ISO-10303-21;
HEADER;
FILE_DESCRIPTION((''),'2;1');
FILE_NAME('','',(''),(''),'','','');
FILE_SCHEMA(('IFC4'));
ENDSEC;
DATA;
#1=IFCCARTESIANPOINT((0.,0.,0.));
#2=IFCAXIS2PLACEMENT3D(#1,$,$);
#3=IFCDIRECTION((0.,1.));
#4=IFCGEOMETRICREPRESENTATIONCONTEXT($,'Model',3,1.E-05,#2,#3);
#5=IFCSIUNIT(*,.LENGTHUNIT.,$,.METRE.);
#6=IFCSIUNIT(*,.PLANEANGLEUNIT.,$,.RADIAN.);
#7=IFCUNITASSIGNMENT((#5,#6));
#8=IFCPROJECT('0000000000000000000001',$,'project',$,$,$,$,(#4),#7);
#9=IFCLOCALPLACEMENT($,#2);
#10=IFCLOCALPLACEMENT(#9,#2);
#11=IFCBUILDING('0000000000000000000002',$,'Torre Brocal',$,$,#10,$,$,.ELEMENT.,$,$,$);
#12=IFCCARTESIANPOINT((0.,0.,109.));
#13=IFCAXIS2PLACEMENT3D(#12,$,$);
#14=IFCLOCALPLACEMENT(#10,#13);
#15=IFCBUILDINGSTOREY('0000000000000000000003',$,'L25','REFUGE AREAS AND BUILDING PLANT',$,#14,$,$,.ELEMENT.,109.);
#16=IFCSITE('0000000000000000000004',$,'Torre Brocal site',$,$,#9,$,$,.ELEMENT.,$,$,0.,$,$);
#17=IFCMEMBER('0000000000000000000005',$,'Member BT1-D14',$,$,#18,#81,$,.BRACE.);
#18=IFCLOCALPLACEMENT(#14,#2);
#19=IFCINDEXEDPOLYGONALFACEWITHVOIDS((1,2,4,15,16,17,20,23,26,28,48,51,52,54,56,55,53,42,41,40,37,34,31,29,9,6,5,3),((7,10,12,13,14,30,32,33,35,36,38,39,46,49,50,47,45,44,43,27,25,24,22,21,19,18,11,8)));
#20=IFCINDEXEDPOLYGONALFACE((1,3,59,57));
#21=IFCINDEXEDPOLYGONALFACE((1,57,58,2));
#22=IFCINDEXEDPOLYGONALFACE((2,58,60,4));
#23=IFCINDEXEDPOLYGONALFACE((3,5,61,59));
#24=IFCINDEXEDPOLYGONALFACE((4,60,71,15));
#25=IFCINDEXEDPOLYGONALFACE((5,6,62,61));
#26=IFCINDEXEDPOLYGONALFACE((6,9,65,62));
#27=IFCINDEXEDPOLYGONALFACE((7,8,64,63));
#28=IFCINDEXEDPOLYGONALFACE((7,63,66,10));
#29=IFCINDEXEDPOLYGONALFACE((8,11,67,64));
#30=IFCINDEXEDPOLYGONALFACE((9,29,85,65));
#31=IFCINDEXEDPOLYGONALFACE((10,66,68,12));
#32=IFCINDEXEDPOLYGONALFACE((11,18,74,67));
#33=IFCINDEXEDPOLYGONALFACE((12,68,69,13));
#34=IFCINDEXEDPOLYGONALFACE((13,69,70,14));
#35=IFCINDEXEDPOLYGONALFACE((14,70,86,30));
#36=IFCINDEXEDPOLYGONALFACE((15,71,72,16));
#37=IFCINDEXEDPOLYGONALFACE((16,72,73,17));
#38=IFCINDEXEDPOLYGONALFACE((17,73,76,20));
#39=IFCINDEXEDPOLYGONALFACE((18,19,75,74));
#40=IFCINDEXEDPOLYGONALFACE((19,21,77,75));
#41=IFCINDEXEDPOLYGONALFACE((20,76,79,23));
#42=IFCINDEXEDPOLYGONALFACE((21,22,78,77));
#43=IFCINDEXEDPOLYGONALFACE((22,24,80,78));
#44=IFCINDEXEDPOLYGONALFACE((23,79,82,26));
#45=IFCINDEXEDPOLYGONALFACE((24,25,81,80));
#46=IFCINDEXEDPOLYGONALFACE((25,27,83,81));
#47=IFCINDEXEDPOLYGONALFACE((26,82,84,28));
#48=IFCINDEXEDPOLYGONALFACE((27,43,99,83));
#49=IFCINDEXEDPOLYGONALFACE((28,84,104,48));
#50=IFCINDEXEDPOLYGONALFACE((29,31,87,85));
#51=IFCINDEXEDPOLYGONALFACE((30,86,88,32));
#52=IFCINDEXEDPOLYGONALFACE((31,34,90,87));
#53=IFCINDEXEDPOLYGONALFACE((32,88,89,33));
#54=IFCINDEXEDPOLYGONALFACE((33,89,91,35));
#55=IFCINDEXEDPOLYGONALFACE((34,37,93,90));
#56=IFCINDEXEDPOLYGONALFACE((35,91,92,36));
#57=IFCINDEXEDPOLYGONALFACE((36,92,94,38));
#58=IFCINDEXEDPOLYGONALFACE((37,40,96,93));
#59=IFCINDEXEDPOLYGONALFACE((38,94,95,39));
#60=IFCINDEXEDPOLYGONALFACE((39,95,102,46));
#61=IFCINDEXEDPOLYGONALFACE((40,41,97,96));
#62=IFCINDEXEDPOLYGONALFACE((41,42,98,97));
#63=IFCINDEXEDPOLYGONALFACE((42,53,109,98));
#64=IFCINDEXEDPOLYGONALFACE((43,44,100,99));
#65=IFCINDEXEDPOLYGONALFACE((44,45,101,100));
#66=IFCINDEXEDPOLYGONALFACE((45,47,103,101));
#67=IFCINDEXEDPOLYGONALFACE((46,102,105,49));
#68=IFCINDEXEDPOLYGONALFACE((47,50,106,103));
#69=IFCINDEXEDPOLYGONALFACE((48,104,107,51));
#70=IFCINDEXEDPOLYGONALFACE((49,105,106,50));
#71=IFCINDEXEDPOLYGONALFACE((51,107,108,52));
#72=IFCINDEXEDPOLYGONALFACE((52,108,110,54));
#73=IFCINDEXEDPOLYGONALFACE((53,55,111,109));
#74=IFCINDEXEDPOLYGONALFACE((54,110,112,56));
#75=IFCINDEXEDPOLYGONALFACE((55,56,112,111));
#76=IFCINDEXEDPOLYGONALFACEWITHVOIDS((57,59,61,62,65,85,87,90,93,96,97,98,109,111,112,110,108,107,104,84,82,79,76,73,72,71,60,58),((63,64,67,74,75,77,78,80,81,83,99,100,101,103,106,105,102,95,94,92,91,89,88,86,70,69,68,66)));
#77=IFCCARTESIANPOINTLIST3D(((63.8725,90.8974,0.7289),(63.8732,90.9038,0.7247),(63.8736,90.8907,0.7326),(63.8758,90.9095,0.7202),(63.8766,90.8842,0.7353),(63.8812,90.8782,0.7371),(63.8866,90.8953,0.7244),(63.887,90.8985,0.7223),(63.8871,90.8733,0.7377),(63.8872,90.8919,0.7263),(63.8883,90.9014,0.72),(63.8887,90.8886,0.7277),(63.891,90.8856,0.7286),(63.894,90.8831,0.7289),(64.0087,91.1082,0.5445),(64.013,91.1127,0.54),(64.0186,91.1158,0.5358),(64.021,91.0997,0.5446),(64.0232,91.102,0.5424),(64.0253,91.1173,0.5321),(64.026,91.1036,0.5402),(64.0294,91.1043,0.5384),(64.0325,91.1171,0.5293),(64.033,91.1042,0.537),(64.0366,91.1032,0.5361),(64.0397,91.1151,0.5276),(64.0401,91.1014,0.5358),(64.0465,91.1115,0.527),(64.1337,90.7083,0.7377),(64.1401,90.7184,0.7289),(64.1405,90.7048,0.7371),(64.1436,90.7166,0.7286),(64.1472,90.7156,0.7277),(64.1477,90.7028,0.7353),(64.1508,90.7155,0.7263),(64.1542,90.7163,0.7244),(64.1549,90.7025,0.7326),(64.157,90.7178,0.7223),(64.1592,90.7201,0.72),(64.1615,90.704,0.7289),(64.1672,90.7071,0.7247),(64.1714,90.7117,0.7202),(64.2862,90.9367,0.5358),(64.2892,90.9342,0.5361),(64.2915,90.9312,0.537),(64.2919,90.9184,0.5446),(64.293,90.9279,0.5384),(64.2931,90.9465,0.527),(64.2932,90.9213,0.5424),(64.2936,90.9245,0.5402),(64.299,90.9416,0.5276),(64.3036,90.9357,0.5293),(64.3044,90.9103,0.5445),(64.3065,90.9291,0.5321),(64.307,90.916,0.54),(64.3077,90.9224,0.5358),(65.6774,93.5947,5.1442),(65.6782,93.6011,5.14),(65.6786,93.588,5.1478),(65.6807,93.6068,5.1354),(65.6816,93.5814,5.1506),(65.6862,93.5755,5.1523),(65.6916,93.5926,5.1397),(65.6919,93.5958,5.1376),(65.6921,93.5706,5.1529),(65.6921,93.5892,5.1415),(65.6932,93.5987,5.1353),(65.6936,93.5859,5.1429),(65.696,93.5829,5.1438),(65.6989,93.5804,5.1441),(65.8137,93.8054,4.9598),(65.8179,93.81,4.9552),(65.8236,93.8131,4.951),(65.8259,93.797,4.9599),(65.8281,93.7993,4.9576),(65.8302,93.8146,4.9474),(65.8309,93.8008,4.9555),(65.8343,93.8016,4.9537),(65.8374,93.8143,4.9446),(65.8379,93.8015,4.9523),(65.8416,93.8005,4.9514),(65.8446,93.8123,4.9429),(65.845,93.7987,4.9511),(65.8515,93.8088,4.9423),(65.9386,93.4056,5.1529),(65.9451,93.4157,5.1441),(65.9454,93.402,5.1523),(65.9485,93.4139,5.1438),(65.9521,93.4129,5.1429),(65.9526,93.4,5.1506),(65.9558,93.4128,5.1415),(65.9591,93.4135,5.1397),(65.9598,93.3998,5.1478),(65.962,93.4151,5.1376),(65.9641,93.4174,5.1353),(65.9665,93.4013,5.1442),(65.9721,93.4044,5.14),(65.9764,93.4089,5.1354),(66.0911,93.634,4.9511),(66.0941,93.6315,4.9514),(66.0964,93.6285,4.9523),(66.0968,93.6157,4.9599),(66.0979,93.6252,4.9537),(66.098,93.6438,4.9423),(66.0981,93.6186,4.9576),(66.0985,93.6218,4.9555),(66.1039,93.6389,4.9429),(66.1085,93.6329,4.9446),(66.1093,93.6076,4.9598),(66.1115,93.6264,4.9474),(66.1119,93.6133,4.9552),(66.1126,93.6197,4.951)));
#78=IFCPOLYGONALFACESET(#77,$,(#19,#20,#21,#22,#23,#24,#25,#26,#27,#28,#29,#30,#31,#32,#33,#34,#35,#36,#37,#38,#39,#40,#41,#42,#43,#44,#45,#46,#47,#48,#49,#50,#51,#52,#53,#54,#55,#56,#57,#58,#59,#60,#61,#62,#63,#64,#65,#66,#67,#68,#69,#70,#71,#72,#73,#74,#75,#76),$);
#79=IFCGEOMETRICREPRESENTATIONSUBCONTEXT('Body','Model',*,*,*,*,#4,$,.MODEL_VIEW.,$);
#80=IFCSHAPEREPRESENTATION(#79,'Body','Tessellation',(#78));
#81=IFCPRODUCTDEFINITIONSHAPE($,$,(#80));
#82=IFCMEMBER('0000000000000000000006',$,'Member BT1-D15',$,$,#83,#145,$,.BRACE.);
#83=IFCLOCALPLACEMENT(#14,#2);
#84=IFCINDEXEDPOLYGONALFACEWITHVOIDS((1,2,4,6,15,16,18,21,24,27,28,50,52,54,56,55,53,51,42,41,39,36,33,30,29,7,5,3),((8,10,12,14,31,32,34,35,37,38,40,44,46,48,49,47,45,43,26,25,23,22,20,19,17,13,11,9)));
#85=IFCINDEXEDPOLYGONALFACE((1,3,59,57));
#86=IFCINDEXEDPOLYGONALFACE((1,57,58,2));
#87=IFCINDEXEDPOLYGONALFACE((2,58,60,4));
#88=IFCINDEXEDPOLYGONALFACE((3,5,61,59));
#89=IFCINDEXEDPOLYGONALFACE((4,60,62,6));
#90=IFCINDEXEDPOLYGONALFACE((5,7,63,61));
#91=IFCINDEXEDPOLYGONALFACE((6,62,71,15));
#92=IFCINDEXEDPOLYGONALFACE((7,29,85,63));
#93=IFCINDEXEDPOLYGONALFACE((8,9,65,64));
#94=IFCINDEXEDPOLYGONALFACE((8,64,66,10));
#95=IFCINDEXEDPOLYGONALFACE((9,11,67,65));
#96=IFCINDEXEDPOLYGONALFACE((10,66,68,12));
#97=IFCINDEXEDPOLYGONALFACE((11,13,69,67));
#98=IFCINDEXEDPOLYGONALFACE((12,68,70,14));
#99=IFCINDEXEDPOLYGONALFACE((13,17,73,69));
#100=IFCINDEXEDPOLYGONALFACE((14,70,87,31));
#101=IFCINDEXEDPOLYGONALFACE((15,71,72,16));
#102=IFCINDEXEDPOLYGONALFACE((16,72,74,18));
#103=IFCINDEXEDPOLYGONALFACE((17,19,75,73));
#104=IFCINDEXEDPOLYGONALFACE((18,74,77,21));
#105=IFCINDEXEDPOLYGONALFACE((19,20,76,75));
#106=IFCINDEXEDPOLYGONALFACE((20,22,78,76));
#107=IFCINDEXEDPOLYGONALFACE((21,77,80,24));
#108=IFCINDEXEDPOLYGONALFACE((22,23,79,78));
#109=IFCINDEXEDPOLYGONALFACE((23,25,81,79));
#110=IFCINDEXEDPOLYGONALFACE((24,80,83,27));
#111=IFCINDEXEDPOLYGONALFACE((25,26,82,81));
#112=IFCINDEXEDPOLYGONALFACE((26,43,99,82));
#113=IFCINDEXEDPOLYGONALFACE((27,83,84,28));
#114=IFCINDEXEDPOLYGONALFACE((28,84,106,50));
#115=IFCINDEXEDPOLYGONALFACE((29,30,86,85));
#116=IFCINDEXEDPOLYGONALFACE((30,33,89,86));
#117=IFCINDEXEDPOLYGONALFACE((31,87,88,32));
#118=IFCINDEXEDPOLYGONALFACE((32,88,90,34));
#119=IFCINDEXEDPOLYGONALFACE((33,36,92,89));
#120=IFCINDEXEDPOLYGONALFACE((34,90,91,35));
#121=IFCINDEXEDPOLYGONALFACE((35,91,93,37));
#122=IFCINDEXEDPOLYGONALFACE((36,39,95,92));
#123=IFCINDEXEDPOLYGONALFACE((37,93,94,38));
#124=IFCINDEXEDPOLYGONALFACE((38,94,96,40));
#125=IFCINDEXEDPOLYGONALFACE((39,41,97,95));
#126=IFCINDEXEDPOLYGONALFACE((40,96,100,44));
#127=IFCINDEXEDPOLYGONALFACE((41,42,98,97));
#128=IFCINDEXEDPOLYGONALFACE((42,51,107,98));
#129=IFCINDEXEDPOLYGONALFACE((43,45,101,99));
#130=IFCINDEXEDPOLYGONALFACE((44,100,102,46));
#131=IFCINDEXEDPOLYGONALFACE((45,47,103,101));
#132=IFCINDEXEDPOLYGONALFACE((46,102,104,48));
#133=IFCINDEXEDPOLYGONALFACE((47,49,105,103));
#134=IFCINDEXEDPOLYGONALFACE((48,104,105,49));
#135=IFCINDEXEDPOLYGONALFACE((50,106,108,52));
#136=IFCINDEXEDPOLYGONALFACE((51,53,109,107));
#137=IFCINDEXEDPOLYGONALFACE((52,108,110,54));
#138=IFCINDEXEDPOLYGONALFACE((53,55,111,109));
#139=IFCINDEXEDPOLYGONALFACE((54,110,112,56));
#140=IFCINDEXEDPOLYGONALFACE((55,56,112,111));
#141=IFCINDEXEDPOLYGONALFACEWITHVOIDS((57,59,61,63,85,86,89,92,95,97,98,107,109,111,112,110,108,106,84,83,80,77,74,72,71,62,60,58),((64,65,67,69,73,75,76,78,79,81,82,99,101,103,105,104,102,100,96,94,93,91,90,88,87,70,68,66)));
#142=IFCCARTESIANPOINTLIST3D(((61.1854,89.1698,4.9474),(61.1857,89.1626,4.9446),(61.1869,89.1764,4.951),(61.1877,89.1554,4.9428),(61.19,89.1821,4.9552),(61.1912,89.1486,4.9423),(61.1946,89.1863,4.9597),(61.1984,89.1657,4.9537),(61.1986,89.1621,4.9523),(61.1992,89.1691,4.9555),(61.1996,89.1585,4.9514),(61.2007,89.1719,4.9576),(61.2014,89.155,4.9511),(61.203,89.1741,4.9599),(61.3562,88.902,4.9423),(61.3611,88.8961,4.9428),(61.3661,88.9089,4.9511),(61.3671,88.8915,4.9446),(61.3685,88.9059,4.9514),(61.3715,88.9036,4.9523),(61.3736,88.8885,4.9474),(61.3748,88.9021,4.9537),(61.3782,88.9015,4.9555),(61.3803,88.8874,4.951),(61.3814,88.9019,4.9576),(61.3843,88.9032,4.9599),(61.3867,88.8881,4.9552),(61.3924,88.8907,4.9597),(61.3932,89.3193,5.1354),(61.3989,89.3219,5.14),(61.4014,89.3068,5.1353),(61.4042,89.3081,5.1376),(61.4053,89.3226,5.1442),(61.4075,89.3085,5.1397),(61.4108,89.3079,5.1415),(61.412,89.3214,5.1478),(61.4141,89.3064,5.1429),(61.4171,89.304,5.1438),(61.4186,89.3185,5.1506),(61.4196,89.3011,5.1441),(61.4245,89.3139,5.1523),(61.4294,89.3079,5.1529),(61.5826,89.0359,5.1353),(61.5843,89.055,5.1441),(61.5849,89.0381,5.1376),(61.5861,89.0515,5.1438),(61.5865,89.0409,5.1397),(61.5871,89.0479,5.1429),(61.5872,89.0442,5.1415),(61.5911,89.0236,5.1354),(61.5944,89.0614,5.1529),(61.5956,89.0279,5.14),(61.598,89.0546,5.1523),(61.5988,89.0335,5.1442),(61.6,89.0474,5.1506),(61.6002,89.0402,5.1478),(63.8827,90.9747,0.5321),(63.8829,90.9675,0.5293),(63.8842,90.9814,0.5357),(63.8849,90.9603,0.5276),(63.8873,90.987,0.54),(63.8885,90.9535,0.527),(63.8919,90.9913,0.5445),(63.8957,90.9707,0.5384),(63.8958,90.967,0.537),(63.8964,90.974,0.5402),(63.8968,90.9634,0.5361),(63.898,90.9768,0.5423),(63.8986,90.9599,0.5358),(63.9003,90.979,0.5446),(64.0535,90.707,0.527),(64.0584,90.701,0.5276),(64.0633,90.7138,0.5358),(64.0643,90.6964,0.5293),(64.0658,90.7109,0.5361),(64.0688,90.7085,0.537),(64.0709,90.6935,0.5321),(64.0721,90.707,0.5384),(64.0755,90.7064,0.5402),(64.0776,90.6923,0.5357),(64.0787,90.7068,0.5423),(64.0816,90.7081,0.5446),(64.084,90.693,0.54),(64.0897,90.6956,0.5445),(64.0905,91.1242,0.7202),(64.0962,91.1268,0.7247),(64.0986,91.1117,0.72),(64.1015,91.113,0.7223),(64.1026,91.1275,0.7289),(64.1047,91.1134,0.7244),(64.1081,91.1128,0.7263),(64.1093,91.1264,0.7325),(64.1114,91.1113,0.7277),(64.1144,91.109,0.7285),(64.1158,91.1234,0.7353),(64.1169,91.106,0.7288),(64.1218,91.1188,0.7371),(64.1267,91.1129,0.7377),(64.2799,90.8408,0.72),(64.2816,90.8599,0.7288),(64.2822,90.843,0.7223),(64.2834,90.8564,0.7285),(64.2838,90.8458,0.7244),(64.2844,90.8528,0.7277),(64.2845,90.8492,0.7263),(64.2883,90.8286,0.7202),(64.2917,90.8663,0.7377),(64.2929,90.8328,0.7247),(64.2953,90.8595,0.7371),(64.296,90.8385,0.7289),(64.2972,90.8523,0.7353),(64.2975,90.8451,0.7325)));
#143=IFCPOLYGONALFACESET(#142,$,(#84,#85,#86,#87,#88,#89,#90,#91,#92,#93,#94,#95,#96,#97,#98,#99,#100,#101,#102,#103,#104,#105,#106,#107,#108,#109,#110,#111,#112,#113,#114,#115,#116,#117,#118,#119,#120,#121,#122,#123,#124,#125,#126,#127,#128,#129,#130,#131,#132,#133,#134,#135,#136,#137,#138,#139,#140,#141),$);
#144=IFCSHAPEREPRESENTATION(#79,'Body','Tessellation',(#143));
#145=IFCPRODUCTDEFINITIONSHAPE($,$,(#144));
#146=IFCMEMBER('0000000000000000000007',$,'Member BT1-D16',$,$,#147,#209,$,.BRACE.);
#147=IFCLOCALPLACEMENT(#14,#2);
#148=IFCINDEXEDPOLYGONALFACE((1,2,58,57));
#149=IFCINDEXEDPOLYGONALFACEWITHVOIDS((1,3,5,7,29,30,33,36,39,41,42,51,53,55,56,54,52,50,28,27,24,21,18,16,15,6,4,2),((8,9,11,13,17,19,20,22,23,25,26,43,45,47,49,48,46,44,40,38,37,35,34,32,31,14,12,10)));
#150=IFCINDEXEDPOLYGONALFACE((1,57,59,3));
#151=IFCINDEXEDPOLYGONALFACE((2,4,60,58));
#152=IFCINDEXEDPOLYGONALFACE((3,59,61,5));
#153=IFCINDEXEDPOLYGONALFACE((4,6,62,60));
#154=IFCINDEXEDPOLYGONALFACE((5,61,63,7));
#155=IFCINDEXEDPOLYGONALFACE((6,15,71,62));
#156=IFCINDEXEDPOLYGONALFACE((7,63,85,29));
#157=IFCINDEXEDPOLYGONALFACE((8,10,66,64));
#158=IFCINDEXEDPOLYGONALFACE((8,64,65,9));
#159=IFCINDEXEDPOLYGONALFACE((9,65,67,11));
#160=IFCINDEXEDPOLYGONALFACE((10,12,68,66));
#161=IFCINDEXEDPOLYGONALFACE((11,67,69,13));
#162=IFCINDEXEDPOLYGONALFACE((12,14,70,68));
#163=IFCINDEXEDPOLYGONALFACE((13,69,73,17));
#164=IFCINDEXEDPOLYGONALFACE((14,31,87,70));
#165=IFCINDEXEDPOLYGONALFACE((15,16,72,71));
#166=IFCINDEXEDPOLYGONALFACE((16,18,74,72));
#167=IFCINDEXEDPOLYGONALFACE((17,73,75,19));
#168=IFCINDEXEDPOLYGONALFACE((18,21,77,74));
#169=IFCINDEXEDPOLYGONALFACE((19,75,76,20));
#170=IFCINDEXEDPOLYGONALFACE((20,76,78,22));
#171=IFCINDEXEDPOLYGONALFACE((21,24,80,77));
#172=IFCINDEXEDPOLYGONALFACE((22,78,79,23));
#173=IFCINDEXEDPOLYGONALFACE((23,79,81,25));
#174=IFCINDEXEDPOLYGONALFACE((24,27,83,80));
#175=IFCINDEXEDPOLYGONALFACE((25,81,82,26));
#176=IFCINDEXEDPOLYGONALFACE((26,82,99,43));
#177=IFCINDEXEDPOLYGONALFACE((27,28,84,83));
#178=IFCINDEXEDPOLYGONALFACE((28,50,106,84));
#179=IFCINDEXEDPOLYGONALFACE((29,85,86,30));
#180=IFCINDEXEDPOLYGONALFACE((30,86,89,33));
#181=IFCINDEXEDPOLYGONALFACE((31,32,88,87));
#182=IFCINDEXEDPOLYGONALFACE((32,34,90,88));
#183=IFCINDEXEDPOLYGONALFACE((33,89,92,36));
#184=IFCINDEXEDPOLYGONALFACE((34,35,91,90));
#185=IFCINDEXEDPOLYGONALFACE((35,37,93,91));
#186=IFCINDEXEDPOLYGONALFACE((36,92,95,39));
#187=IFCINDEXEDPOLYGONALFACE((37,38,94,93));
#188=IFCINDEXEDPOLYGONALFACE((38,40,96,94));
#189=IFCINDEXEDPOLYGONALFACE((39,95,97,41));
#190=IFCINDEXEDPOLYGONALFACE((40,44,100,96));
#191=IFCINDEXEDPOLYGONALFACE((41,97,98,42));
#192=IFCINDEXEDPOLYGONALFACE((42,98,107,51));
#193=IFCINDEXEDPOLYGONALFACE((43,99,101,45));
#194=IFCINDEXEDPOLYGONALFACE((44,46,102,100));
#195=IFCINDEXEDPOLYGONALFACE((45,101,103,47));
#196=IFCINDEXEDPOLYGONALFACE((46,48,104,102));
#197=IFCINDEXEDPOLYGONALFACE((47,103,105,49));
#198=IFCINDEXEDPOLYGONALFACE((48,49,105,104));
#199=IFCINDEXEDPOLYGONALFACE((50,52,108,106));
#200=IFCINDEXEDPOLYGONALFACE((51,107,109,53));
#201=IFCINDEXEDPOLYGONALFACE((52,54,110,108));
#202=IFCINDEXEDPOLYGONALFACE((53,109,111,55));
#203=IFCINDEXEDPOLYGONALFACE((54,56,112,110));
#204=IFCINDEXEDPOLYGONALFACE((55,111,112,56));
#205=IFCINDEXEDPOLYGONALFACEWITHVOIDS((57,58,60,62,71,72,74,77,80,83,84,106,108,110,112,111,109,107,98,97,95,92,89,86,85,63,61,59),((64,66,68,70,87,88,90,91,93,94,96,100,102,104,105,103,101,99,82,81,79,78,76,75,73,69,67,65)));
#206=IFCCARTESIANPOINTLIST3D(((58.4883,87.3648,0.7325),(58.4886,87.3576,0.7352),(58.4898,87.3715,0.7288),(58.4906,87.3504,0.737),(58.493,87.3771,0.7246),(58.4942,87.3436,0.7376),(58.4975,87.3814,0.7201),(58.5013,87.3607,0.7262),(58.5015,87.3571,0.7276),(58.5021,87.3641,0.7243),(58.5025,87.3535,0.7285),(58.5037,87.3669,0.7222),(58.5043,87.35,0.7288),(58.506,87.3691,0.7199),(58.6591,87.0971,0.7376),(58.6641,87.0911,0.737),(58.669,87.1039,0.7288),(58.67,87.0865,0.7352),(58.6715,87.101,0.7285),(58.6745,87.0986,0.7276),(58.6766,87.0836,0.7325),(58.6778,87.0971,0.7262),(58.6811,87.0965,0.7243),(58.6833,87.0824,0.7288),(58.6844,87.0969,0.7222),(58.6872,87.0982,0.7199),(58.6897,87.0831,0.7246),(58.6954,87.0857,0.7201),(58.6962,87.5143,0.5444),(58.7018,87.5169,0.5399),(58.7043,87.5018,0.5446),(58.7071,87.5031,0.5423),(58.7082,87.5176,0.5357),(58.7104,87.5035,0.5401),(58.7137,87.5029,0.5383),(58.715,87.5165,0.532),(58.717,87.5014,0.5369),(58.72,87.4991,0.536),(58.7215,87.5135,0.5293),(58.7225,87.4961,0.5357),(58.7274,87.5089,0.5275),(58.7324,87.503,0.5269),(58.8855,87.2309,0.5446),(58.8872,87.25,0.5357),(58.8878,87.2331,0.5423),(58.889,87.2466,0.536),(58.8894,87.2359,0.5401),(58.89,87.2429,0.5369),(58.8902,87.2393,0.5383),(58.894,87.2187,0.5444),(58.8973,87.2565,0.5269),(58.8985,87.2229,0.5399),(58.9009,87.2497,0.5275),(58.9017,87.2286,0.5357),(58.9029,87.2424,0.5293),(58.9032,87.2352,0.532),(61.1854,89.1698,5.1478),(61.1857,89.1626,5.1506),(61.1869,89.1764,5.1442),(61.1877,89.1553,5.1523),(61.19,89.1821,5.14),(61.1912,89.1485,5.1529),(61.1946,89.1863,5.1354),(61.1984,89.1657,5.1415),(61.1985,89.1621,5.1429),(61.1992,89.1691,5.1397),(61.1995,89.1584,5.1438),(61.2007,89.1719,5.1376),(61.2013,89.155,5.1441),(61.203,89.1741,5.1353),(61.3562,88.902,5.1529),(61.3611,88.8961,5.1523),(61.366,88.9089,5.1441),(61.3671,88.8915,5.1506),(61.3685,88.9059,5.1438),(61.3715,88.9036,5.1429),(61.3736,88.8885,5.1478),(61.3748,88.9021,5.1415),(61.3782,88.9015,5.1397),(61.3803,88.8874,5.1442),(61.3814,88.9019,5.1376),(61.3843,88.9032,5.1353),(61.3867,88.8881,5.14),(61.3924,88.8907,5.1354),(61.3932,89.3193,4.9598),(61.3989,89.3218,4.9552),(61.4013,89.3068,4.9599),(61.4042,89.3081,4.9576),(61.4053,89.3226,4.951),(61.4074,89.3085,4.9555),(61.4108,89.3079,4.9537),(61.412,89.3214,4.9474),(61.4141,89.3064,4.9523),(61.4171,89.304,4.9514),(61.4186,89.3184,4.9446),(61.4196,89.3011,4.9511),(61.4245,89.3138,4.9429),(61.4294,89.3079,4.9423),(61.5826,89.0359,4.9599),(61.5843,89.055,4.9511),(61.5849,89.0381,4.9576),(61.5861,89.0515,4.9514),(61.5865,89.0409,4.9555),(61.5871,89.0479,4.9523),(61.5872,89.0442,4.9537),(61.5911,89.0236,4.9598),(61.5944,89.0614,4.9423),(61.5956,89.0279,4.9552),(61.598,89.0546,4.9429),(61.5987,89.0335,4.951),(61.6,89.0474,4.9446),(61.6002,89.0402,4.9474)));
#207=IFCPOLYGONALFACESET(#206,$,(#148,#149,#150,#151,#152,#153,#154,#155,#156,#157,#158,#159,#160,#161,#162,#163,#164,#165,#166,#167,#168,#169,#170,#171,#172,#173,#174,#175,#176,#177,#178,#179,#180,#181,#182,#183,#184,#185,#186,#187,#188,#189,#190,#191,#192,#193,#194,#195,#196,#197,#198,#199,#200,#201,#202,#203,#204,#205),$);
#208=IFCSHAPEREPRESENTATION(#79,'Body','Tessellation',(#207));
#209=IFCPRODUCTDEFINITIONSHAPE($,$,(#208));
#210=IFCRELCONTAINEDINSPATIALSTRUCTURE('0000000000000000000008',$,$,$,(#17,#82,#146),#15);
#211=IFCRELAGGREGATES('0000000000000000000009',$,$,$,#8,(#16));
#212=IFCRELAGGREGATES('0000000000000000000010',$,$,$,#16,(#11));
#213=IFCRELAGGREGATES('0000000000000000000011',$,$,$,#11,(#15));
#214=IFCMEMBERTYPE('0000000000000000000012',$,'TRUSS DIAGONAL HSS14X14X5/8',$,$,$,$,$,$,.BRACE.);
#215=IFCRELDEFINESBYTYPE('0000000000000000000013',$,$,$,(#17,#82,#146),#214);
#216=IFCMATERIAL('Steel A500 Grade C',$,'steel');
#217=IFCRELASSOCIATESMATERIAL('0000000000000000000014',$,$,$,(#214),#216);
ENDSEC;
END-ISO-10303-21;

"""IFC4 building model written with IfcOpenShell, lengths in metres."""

from ifc_helpers import new_model, si_unit, direction, frame, origin, origin_2d, place, context, subcontext, project, spatial, hollow_rectangle, extrude, material, material_profile, profile_set, type_object, element, save


model = new_model("IFC4")

# Units and contexts
model_context = context("Model", 3, precision=1e-05, world=origin(), true_north=direction((0.0, 1.0)))
body_context = subcontext(model_context, "Body", "Model", "MODEL_VIEW")
ifc_project = project(units=[si_unit("LENGTHUNIT", "METRE"), si_unit("PLANEANGLEUNIT", "RADIAN")], contexts=[model_context])

# Site, building, storey
site_placement = place(None, origin())
site = spatial("IfcSite", under=ifc_project, at=site_placement, Name="Torre Brocal site", CompositionType="ELEMENT", RefElevation=0.0)
building_placement = place(site_placement, origin())
building = spatial("IfcBuilding", under=site, at=building_placement, Name="Torre Brocal", CompositionType="ELEMENT")
storey_placement = place(building_placement, frame((0.0, 0.0, 109.0)))
storey = spatial("IfcBuildingStorey", under=building, at=storey_placement, Name="L25", Description="REFUGE AREAS AND BUILDING PLANT", CompositionType="ELEMENT", Elevation=109.0)

# Members
ifc_material_1 = material(Name="Steel A500 Grade C", Category="steel")
ifc_material_profile_1 = material_profile(ifc_material_1, hollow_rectangle(XDim=0.3557, YDim=0.3557, WallThickness=0.0149, InnerFilletRadius=0.0149, OuterFilletRadius=0.0295, at=origin_2d()), Name="HSS14X14X5/8")
ifc_profile_set_1 = profile_set([ifc_material_profile_1], Name="Steel A500 Grade C")
member_type_1 = type_object("IfcMemberType", Name="TRUSS DIAGONAL HSS14X14X5/8", PredefinedType="BRACE", material=ifc_profile_set_1)
for number, where, z_axis, x_axis, name in (
    (1, (65.895, 93.6072, 5.0476), (-0.329382, -0.492224, -0.805744), (0.831088, -0.55614, 0.0), "Member BT1-D14"),
    (2, (64.0901, 90.9099, 0.6323), (-0.492224, -0.329382, 0.805744), (0.55614, -0.831088, 0.0), "Member BT1-D15"),
    (3, (61.3928, 89.105, 5.0476), (-0.49219, -0.329389, -0.805762), (0.556175, -0.831065, 0.0), "Member BT1-D16"),
):
    element("IfcMember", number, at=place(storey_placement, frame(where, z_axis=z_axis, x_axis=x_axis)), inside=storey, type_object=member_type_1, Name=name, PredefinedType="BRACE", context=body_context, shape_type="SweptSolid", body=[
        extrude(hollow_rectangle(XDim=0.3557, YDim=0.3557, WallThickness=0.0149, InnerFilletRadius=0.0149, OuterFilletRadius=0.0295, at=origin_2d()), origin(), (0.0, 0.0, 1.0), 5.4797),
    ])

save(model, "model.ifc")
